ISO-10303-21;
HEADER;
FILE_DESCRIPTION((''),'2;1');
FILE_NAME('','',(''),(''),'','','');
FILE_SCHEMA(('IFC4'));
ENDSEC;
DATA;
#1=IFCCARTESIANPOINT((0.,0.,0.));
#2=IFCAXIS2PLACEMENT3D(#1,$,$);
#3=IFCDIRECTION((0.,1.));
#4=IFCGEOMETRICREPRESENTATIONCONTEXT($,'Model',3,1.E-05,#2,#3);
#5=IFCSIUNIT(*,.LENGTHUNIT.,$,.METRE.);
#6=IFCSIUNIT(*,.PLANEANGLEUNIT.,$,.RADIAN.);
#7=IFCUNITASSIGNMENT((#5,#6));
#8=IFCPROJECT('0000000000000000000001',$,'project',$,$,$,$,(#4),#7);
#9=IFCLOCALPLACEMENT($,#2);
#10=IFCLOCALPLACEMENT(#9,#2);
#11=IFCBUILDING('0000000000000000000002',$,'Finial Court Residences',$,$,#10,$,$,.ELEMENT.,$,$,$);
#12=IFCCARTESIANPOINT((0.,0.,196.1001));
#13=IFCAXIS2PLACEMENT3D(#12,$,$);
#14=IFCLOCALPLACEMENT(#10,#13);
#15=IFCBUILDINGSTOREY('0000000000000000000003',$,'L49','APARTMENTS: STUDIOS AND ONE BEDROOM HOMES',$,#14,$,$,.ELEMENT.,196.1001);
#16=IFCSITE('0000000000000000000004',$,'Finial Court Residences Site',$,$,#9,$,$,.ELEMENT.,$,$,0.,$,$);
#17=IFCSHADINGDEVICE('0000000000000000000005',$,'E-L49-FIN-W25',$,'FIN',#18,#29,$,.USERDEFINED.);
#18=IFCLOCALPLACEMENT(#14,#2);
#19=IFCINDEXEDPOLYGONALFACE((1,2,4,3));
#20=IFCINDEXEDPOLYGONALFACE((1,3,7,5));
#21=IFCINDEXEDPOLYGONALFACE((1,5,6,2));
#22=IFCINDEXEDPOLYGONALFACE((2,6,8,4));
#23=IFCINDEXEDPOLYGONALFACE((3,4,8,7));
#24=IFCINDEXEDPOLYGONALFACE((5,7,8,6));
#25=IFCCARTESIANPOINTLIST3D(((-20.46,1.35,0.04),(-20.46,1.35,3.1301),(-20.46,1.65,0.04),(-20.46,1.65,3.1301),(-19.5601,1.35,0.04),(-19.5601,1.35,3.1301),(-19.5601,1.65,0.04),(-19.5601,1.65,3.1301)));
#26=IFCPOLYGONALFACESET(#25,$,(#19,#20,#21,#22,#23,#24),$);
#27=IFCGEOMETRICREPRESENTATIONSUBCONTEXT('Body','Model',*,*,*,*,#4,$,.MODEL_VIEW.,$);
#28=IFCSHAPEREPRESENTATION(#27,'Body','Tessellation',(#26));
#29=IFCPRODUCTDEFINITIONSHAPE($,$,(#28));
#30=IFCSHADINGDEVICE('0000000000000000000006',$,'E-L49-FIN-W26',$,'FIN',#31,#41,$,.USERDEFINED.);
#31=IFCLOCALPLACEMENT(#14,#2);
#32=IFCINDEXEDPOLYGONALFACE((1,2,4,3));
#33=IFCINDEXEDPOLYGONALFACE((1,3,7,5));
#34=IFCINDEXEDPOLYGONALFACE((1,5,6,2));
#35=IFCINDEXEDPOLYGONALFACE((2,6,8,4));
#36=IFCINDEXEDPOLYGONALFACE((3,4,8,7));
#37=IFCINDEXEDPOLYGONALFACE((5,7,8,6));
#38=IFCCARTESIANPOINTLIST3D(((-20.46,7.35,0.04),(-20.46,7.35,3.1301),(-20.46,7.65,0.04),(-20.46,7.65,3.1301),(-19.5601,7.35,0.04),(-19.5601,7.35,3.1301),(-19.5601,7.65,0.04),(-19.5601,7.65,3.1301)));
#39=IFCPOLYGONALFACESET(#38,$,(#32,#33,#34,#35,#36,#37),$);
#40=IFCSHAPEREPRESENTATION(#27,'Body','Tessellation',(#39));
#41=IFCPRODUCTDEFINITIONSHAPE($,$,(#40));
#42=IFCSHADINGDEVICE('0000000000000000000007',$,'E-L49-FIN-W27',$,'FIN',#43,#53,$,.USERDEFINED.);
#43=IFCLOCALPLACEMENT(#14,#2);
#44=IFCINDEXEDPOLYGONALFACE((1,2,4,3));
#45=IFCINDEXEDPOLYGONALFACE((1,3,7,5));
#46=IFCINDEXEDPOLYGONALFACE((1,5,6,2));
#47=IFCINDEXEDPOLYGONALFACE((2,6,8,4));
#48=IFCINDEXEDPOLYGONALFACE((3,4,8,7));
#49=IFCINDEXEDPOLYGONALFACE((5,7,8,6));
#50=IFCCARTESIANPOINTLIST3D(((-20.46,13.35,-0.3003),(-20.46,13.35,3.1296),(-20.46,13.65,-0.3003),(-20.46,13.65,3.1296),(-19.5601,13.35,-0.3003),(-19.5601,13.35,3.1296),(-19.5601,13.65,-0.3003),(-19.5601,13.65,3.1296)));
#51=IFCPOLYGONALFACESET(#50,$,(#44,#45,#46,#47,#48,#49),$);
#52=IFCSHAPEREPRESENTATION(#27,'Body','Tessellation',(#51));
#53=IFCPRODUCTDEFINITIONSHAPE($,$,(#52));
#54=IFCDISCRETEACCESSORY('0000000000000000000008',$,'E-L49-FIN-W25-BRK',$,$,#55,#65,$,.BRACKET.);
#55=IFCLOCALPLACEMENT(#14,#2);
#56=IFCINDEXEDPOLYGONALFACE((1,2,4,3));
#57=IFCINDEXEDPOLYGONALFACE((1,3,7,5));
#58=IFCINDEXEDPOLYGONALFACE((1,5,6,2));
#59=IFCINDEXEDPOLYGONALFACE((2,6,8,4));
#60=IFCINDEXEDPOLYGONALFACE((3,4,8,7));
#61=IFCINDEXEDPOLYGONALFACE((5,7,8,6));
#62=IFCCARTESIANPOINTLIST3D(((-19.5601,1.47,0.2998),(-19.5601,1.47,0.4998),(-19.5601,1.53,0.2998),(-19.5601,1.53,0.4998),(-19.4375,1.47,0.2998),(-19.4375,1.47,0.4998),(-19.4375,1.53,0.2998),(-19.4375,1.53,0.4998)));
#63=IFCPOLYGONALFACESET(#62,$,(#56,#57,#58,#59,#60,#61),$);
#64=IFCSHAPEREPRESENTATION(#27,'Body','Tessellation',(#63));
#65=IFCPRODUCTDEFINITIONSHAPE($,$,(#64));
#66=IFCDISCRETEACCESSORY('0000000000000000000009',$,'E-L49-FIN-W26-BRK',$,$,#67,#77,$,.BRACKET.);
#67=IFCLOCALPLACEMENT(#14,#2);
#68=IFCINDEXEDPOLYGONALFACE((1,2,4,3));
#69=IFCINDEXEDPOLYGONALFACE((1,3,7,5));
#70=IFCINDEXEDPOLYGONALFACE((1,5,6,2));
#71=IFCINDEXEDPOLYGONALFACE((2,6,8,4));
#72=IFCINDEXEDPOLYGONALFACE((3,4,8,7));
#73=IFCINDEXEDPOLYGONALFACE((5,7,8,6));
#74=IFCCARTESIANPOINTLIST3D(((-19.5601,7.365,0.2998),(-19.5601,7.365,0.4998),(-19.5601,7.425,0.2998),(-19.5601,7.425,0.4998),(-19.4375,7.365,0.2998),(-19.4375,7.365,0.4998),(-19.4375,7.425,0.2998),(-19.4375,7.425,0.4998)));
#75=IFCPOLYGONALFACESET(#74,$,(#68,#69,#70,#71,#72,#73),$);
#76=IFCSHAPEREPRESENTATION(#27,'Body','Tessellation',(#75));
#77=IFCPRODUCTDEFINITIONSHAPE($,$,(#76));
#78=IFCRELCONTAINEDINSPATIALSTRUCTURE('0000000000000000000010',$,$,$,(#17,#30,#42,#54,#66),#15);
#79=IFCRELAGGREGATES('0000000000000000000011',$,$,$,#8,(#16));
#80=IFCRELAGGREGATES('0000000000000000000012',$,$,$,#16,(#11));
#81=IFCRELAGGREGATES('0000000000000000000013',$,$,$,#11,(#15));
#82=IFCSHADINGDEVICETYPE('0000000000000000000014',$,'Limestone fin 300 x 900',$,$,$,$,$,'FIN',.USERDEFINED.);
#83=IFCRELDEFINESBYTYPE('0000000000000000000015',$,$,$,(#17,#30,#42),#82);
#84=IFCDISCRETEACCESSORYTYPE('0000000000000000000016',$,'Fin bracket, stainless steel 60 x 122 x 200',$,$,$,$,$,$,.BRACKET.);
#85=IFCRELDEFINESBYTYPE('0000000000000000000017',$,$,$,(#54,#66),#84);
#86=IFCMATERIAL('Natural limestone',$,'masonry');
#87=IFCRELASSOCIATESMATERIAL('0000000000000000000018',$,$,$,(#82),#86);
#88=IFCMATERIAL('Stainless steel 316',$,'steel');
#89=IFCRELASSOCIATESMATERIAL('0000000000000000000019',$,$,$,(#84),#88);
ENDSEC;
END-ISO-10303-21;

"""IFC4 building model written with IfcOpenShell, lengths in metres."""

from ifc_helpers import new_model, si_unit, direction, frame, origin, origin_2d, place, context, subcontext, project, spatial, rectangle, extrude, material, type_object, element, save


model = new_model("IFC4")

# Units and contexts
model_context = context("Model", 3, precision=1e-05, world=origin(), true_north=direction((0.0, 1.0)))
body_context = subcontext(model_context, "Body", "Model", "MODEL_VIEW")
ifc_project = project(units=[si_unit("LENGTHUNIT", "METRE"), si_unit("PLANEANGLEUNIT", "RADIAN")], contexts=[model_context])

# Site, building, storey
site_placement = place(None, origin())
site = spatial("IfcSite", under=ifc_project, at=site_placement, Name="Finial Court Residences Site", CompositionType="ELEMENT", RefElevation=0.0)
building_placement = place(site_placement, origin())
building = spatial("IfcBuilding", under=site, at=building_placement, Name="Finial Court Residences", CompositionType="ELEMENT")
storey_placement = place(building_placement, frame((0.0, 0.0, 196.1001)))
storey = spatial("IfcBuildingStorey", under=building, at=storey_placement, Name="L49", Description="APARTMENTS: STUDIOS AND ONE BEDROOM HOMES", CompositionType="ELEMENT", Elevation=196.1001)

# Shared definitions
ifc_material_1 = material(Name="Natural limestone", Category="masonry")

# Shading devices
shading_device_type = type_object("IfcShadingDeviceType", Name="Limestone fin 300 x 900", ElementType="FIN", PredefinedType="USERDEFINED", material=ifc_material_1)
for number, where, z_axis, x_axis, name in (
    (1, (-20.01, 1.5, 0.04), (0.0, 0.0, 1.0), (1.0, 0.0, 0.0), "E-L49-FIN-W25"),
    (2, (-20.01, 7.5, 0.04), (0.0, 0.0, 1.0), (1.0, 0.0, 0.0), "E-L49-FIN-W26"),
):
    element("IfcShadingDevice", number, at=place(storey_placement, frame(where, z_axis=z_axis, x_axis=x_axis)), inside=storey, type_object=shading_device_type, Name=name, ObjectType="FIN", PredefinedType="USERDEFINED", context=body_context, shape_type="SweptSolid", body=[
        extrude(rectangle(XDim=0.8999, YDim=0.3, at=origin_2d()), origin(), (0.0, 0.0, 1.0), 3.0901),
    ])
shading_device_placement = place(storey_placement, frame((-20.01, 13.5, -0.3003), z_axis=(0.0, 0.0, 1.0), x_axis=(1.0, 0.0, 0.0)))
element("IfcShadingDevice", 3, at=shading_device_placement, inside=storey, type_object=shading_device_type, Name="E-L49-FIN-W27", ObjectType="FIN", PredefinedType="USERDEFINED", context=body_context, shape_type="SweptSolid", body=[
    extrude(rectangle(XDim=0.8999, YDim=0.3, at=origin_2d()), origin(), (0.0, 0.0, 1.0), 3.4299),
])

# Discrete accessories
ifc_material_2 = material(Name="Stainless steel 316", Category="steel")
discrete_accessory_type = type_object("IfcDiscreteAccessoryType", Name="Fin bracket, stainless steel 60 x 122 x 200", PredefinedType="BRACKET", material=ifc_material_2)
for number, where, z_axis, x_axis, name in (
    (4, (-19.4988, 1.5, 0.2998), (0.0, 0.0, 1.0), (1.0, 0.0, 0.0), "E-L49-FIN-W25-BRK"),
    (5, (-19.4988, 7.395, 0.2998), (0.0, 0.0, 1.0), (1.0, 0.0, 0.0), "E-L49-FIN-W26-BRK"),
):
    element("IfcDiscreteAccessory", number, at=place(storey_placement, frame(where, z_axis=z_axis, x_axis=x_axis)), inside=storey, type_object=discrete_accessory_type, Name=name, PredefinedType="BRACKET", context=body_context, shape_type="SweptSolid", body=[
        extrude(rectangle(XDim=0.1226, YDim=0.0601, at=origin_2d()), origin(), (0.0, 0.0, 1.0), 0.2),
    ])

save(model, "model.ifc")
